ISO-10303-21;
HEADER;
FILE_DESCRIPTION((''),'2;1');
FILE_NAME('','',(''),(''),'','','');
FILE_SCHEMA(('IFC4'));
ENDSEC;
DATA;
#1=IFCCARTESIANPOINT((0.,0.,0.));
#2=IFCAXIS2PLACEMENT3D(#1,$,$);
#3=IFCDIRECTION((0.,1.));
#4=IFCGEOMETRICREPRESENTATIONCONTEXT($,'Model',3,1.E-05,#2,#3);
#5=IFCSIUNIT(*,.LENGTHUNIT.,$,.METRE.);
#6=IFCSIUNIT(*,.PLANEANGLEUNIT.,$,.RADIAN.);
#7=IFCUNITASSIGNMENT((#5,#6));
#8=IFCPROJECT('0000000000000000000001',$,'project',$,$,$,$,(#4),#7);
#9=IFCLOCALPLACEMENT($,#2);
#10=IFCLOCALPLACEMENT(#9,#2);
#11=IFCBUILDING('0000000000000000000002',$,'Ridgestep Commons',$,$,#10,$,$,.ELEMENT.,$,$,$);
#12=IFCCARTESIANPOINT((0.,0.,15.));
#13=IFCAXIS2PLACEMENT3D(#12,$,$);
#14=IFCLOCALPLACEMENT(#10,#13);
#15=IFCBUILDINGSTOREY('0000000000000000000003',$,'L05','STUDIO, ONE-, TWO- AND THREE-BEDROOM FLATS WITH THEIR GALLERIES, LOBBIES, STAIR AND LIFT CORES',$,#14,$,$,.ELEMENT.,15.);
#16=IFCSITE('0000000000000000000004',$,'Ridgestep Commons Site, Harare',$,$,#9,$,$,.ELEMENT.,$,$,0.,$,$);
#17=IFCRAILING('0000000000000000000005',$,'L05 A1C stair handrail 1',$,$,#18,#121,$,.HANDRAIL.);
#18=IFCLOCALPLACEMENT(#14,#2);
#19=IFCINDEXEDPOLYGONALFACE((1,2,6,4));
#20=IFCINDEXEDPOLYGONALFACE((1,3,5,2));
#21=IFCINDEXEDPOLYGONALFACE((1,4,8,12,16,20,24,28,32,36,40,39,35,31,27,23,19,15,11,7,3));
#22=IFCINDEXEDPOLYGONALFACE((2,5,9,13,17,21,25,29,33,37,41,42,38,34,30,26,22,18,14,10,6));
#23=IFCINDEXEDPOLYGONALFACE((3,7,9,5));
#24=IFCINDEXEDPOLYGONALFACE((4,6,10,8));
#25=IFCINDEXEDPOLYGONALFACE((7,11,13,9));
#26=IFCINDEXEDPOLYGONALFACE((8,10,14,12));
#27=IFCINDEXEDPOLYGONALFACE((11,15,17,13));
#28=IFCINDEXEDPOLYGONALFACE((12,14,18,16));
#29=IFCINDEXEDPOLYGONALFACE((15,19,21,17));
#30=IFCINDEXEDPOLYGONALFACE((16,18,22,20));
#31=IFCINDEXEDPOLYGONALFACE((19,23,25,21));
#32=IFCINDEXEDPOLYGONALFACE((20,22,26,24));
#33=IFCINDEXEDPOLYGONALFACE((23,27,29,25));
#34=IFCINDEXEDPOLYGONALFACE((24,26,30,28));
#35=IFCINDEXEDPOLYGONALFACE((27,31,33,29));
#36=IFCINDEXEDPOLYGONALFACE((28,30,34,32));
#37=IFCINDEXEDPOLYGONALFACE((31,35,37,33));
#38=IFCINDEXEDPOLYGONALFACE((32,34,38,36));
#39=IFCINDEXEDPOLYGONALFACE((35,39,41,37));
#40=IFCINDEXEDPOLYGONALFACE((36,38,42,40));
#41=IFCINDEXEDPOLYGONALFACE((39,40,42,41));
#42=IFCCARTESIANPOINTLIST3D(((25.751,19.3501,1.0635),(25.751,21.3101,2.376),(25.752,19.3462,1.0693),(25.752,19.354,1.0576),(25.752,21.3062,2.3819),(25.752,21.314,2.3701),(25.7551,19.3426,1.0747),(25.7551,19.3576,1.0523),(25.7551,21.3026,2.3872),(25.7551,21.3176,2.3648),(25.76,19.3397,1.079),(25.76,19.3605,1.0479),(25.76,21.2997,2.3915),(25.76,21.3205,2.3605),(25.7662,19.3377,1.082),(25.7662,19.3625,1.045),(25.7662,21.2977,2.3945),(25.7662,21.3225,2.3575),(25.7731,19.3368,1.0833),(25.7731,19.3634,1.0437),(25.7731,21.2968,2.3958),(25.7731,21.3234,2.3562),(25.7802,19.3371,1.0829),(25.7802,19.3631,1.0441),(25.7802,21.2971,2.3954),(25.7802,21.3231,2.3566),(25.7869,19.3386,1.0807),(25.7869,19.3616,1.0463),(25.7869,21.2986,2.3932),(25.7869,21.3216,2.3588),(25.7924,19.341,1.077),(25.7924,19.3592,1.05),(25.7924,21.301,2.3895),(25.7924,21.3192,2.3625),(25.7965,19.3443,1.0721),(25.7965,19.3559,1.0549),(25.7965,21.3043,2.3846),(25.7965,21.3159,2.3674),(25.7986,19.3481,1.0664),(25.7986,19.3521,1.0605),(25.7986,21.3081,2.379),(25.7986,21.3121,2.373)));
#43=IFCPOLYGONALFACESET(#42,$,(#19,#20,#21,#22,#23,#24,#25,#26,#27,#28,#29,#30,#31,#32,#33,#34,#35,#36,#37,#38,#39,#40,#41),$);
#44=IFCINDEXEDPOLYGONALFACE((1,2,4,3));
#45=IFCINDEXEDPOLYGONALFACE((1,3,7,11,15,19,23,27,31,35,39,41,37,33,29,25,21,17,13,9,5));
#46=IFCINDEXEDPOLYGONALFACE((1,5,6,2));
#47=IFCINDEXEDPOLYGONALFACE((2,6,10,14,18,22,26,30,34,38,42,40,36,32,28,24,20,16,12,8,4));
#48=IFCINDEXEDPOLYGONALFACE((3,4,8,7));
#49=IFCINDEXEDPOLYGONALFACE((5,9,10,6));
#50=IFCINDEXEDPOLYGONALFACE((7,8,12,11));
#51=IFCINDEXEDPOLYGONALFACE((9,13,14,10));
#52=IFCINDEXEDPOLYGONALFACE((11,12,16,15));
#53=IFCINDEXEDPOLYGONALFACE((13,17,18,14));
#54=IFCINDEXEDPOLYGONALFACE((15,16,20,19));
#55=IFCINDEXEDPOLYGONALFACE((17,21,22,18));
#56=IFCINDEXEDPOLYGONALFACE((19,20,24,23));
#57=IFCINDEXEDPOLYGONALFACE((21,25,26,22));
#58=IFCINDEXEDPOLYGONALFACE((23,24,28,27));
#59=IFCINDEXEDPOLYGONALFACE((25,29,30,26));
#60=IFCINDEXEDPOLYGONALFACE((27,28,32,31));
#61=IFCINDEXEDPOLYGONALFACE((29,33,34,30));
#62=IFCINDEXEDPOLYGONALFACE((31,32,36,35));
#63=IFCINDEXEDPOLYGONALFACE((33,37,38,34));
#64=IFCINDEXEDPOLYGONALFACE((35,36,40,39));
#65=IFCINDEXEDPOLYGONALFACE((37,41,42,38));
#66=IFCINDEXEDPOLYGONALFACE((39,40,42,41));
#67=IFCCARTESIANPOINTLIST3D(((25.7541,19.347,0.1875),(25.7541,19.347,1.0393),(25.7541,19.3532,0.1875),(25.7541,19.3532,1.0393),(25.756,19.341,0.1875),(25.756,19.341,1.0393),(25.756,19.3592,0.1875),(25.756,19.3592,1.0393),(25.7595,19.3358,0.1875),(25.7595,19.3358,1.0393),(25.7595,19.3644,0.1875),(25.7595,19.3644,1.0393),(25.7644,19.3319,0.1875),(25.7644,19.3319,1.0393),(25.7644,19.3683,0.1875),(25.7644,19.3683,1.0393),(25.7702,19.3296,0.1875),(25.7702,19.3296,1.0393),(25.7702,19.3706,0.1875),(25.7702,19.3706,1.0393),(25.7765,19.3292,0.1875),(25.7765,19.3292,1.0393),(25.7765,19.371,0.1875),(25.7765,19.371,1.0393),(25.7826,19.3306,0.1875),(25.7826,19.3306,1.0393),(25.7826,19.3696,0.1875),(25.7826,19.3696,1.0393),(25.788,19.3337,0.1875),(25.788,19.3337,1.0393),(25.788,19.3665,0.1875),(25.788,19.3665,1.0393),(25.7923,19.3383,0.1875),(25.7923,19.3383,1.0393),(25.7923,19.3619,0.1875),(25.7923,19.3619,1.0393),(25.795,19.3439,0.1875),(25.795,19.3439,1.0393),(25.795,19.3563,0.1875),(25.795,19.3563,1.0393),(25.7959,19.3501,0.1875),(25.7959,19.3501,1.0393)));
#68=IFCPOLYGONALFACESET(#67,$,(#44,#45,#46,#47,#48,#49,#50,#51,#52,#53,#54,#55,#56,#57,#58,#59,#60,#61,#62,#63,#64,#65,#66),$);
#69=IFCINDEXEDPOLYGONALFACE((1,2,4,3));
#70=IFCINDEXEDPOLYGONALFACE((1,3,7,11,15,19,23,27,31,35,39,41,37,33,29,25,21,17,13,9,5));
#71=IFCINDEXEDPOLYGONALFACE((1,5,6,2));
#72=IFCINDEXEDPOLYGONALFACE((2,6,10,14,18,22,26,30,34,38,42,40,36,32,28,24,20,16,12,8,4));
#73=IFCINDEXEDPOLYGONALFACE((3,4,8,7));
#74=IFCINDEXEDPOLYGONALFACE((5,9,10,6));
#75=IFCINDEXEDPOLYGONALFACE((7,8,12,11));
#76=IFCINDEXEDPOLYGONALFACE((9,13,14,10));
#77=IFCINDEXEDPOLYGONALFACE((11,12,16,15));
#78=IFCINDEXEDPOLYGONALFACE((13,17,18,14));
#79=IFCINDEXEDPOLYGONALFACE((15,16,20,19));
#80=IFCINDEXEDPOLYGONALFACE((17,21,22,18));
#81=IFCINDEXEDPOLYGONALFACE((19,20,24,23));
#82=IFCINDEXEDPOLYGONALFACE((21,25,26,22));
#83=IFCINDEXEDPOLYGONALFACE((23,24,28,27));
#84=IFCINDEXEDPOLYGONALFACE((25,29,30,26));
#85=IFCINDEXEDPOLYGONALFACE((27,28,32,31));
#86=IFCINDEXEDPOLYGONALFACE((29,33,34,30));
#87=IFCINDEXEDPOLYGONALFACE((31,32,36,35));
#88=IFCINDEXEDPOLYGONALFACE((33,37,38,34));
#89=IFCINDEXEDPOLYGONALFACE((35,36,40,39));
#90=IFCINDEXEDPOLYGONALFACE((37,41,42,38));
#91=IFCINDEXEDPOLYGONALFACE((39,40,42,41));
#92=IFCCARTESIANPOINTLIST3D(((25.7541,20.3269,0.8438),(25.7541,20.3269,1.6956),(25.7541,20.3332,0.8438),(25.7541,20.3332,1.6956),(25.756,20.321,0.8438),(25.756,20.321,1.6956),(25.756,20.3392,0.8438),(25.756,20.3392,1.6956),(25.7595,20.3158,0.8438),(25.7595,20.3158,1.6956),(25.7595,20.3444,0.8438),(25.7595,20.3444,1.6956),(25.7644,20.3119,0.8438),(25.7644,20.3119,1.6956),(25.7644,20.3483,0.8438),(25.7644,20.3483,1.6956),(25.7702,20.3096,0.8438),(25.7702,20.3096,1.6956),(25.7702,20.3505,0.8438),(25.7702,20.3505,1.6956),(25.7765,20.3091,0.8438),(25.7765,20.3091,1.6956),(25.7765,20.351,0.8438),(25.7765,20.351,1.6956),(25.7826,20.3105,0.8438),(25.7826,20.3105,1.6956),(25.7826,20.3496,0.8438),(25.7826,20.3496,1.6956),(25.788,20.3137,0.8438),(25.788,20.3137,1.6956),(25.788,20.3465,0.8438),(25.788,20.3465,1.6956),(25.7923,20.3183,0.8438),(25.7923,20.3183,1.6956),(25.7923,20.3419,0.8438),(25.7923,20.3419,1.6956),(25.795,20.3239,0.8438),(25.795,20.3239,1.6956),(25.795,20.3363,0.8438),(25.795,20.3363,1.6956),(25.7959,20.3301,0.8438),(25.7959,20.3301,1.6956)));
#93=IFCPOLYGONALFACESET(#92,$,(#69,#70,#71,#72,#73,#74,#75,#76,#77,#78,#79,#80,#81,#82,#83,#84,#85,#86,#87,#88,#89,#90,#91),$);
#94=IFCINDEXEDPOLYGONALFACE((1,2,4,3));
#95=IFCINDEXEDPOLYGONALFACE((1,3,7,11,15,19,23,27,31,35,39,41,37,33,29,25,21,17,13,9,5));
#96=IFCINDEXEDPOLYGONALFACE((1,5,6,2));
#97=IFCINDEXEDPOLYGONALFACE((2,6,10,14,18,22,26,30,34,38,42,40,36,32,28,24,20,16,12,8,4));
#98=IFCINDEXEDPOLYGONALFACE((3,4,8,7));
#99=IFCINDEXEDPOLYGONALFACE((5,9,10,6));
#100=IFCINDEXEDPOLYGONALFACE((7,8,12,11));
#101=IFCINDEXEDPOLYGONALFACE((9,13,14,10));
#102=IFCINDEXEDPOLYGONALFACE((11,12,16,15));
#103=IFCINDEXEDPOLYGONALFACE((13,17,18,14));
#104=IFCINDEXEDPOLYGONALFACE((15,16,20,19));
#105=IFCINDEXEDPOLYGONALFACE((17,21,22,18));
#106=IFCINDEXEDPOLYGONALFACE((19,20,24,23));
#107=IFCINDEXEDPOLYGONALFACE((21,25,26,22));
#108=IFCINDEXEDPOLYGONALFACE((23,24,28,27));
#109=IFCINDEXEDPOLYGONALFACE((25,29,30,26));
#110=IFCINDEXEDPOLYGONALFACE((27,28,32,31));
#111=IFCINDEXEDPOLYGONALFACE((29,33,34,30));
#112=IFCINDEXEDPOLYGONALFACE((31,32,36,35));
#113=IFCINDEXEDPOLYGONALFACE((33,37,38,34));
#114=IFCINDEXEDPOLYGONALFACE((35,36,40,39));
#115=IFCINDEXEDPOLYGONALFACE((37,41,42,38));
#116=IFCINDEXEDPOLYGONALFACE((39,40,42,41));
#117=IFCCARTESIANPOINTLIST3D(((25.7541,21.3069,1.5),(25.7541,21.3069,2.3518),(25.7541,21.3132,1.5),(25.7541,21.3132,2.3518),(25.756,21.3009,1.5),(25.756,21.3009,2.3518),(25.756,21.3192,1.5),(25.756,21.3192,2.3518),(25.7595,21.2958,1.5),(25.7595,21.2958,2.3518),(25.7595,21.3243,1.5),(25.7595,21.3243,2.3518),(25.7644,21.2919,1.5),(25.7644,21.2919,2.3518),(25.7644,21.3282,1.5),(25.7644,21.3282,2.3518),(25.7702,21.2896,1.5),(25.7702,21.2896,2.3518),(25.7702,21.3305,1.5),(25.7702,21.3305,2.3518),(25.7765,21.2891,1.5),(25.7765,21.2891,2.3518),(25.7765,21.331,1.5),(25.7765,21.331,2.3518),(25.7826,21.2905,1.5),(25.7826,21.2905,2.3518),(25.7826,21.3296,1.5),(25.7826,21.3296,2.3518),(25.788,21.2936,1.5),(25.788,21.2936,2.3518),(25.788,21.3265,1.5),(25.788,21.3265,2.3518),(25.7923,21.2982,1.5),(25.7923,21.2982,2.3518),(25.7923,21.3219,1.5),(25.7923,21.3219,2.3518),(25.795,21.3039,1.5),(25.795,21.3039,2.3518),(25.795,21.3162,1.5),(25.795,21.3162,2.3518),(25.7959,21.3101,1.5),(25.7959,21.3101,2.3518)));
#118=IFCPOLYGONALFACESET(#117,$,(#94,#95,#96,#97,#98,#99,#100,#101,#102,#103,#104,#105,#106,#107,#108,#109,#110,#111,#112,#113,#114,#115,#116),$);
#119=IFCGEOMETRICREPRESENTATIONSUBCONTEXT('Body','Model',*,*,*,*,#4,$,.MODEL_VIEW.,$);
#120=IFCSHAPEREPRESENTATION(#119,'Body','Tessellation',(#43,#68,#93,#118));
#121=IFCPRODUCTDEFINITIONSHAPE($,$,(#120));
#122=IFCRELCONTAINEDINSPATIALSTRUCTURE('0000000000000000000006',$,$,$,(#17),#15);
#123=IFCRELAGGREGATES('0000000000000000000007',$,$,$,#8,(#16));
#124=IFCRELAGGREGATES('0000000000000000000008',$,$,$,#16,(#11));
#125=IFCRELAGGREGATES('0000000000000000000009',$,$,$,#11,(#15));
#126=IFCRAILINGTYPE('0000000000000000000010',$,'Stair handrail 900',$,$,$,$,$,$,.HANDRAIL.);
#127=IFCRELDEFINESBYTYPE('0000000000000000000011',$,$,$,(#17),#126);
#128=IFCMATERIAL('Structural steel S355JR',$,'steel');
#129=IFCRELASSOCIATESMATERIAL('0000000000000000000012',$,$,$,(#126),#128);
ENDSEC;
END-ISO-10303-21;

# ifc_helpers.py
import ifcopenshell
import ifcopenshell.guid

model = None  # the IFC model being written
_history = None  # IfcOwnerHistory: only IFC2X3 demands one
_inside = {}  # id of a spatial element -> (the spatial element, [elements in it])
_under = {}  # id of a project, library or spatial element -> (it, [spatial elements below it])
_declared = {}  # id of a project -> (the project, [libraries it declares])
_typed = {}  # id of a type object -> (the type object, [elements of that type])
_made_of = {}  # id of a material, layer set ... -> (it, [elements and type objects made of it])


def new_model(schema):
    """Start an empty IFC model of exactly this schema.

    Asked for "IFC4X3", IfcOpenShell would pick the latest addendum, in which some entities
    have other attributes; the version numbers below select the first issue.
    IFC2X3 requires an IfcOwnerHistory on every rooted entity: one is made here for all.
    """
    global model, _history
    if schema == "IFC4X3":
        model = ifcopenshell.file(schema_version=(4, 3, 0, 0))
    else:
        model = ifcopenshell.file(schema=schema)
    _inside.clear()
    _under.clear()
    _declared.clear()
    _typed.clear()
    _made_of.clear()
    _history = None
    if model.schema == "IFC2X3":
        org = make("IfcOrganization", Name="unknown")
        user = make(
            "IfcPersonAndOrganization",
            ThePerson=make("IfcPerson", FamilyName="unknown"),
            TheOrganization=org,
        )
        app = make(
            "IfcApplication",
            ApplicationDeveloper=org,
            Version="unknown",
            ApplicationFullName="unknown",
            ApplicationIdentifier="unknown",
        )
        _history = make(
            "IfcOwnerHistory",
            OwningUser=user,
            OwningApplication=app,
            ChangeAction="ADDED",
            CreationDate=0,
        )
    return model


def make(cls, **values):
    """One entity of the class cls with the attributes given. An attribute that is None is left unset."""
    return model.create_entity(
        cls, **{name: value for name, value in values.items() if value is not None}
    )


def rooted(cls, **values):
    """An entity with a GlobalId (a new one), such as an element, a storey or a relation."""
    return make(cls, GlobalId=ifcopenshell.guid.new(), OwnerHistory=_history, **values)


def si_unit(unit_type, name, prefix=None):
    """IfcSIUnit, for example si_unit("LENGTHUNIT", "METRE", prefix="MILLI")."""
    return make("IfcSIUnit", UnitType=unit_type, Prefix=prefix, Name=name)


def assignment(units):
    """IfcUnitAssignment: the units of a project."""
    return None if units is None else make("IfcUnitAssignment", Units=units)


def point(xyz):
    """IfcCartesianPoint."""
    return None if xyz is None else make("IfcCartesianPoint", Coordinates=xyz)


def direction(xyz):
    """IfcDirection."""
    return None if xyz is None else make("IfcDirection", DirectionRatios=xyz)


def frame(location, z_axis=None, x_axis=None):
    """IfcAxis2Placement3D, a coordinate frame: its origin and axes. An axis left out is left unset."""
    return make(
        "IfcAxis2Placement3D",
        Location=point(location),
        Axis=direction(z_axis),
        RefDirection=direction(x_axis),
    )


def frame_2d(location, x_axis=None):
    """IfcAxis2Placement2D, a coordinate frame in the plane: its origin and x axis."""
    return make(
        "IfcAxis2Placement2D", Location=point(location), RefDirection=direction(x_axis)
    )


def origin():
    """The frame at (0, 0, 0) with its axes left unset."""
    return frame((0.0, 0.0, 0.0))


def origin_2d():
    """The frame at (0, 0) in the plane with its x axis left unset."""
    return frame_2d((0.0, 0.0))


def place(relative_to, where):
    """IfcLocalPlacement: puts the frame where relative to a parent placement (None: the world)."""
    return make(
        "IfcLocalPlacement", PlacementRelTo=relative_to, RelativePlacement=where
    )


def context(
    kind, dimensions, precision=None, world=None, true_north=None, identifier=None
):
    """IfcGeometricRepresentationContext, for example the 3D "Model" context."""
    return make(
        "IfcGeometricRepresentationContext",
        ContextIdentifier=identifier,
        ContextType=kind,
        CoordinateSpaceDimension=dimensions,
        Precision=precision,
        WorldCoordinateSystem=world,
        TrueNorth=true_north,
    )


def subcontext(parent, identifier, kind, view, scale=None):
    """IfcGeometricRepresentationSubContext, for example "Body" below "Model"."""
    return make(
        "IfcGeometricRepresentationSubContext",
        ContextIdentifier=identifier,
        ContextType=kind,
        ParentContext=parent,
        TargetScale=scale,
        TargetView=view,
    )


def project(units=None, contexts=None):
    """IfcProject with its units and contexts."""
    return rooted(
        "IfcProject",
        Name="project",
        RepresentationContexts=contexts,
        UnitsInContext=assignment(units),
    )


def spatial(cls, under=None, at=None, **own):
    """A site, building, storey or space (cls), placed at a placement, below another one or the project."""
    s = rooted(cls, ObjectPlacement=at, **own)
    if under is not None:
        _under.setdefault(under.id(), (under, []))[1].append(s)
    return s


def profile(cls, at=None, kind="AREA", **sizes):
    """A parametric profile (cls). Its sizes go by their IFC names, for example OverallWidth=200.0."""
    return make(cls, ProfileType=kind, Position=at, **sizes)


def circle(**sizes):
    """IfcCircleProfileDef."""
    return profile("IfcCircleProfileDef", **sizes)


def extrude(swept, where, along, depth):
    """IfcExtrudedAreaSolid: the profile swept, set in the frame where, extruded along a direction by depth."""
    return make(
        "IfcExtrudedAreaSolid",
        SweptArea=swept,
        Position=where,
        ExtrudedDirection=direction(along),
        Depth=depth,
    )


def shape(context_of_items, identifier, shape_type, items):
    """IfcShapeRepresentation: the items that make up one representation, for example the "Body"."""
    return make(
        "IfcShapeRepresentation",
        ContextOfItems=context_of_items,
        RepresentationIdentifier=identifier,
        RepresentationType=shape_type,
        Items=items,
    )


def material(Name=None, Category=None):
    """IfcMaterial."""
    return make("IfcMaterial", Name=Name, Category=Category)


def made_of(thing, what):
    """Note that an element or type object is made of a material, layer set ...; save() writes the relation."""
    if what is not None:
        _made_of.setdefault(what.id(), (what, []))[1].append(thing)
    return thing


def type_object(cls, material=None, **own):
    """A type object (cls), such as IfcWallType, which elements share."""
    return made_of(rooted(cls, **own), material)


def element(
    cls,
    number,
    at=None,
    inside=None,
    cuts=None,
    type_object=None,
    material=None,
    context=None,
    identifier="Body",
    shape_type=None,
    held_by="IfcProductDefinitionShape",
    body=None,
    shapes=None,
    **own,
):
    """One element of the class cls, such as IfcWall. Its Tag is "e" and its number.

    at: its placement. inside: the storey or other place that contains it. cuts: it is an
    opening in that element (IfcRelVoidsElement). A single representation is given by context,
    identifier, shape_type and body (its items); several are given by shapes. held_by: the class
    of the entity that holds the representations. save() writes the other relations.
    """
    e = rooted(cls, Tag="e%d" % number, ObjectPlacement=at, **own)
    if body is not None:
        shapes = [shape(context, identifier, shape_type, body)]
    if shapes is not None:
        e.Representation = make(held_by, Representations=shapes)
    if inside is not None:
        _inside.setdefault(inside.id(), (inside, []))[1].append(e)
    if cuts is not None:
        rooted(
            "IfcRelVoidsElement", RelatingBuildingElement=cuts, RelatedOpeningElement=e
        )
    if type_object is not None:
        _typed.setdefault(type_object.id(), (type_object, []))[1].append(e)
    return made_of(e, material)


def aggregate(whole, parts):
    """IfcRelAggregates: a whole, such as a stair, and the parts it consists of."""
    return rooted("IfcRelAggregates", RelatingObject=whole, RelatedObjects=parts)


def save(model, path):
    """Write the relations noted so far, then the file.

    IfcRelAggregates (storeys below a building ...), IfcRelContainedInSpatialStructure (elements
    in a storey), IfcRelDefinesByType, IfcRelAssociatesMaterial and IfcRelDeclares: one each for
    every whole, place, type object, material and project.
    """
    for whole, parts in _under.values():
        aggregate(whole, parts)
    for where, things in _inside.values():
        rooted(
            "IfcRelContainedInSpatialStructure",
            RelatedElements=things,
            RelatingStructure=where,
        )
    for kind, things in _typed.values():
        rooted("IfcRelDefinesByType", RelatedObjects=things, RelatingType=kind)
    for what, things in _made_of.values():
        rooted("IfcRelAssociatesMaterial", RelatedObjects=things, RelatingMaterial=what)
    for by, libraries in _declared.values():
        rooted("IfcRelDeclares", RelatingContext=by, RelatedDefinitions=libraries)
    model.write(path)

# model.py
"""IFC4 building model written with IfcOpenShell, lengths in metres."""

from ifc_helpers import new_model, si_unit, direction, frame, origin, origin_2d, place, context, subcontext, project, spatial, circle, extrude, material, type_object, element, save


model = new_model("IFC4")

# Units and contexts
model_context = context("Model", 3, precision=1e-05, world=origin(), true_north=direction((0.0, 1.0)))
body_context = subcontext(model_context, "Body", "Model", "MODEL_VIEW")
ifc_project = project(units=[si_unit("LENGTHUNIT", "METRE"), si_unit("PLANEANGLEUNIT", "RADIAN")], contexts=[model_context])

# Site, building, storey
site_placement = place(None, origin())
site = spatial("IfcSite", under=ifc_project, at=site_placement, Name="Ridgestep Commons Site, Harare", CompositionType="ELEMENT", RefElevation=0.0)
building_placement = place(site_placement, origin())
building = spatial("IfcBuilding", under=site, at=building_placement, Name="Ridgestep Commons", CompositionType="ELEMENT")
storey_placement = place(building_placement, frame((0.0, 0.0, 15.0)))
storey = spatial("IfcBuildingStorey", under=building, at=storey_placement, Name="L05", Description="STUDIO, ONE-, TWO- AND THREE-BEDROOM FLATS WITH THEIR GALLERIES, LOBBIES, STAIR AND LIFT CORES", CompositionType="ELEMENT", Elevation=15.0)

# Railing
ifc_material_1 = material(Name="Structural steel S355JR", Category="steel")
railing_type_1 = type_object("IfcRailingType", Name="Stair handrail 900", PredefinedType="HANDRAIL", material=ifc_material_1)
railing_1_placement = place(storey_placement, frame((25.7749, 19.3501, 0.1875)))
element("IfcRailing", 1, at=railing_1_placement, inside=storey, type_object=railing_type_1, Name="L05 A1C stair handrail 1", PredefinedType="HANDRAIL", context=body_context, shape_type="SweptSolid", body=[
    extrude(circle(Radius=0.0239, at=origin_2d()), frame((0.0, 0.0, 0.876), z_axis=(0.0, 0.830902, 0.556419), x_axis=(-1.0, 0.0, 0.0)), (0.0, 0.0, 1.0), 2.3589),
    extrude(circle(Radius=0.021, at=origin_2d()), origin(), (0.0, 0.0, 1.0), 0.8518),
    extrude(circle(Radius=0.021, at=origin_2d()), frame((0.0, 0.98, 0.6562)), (0.0, 0.0, 1.0), 0.8518),
    extrude(circle(Radius=0.021, at=origin_2d()), frame((0.0, 1.96, 1.3125)), (0.0, 0.0, 1.0), 0.8518),
])

save(model, "model.ifc")
